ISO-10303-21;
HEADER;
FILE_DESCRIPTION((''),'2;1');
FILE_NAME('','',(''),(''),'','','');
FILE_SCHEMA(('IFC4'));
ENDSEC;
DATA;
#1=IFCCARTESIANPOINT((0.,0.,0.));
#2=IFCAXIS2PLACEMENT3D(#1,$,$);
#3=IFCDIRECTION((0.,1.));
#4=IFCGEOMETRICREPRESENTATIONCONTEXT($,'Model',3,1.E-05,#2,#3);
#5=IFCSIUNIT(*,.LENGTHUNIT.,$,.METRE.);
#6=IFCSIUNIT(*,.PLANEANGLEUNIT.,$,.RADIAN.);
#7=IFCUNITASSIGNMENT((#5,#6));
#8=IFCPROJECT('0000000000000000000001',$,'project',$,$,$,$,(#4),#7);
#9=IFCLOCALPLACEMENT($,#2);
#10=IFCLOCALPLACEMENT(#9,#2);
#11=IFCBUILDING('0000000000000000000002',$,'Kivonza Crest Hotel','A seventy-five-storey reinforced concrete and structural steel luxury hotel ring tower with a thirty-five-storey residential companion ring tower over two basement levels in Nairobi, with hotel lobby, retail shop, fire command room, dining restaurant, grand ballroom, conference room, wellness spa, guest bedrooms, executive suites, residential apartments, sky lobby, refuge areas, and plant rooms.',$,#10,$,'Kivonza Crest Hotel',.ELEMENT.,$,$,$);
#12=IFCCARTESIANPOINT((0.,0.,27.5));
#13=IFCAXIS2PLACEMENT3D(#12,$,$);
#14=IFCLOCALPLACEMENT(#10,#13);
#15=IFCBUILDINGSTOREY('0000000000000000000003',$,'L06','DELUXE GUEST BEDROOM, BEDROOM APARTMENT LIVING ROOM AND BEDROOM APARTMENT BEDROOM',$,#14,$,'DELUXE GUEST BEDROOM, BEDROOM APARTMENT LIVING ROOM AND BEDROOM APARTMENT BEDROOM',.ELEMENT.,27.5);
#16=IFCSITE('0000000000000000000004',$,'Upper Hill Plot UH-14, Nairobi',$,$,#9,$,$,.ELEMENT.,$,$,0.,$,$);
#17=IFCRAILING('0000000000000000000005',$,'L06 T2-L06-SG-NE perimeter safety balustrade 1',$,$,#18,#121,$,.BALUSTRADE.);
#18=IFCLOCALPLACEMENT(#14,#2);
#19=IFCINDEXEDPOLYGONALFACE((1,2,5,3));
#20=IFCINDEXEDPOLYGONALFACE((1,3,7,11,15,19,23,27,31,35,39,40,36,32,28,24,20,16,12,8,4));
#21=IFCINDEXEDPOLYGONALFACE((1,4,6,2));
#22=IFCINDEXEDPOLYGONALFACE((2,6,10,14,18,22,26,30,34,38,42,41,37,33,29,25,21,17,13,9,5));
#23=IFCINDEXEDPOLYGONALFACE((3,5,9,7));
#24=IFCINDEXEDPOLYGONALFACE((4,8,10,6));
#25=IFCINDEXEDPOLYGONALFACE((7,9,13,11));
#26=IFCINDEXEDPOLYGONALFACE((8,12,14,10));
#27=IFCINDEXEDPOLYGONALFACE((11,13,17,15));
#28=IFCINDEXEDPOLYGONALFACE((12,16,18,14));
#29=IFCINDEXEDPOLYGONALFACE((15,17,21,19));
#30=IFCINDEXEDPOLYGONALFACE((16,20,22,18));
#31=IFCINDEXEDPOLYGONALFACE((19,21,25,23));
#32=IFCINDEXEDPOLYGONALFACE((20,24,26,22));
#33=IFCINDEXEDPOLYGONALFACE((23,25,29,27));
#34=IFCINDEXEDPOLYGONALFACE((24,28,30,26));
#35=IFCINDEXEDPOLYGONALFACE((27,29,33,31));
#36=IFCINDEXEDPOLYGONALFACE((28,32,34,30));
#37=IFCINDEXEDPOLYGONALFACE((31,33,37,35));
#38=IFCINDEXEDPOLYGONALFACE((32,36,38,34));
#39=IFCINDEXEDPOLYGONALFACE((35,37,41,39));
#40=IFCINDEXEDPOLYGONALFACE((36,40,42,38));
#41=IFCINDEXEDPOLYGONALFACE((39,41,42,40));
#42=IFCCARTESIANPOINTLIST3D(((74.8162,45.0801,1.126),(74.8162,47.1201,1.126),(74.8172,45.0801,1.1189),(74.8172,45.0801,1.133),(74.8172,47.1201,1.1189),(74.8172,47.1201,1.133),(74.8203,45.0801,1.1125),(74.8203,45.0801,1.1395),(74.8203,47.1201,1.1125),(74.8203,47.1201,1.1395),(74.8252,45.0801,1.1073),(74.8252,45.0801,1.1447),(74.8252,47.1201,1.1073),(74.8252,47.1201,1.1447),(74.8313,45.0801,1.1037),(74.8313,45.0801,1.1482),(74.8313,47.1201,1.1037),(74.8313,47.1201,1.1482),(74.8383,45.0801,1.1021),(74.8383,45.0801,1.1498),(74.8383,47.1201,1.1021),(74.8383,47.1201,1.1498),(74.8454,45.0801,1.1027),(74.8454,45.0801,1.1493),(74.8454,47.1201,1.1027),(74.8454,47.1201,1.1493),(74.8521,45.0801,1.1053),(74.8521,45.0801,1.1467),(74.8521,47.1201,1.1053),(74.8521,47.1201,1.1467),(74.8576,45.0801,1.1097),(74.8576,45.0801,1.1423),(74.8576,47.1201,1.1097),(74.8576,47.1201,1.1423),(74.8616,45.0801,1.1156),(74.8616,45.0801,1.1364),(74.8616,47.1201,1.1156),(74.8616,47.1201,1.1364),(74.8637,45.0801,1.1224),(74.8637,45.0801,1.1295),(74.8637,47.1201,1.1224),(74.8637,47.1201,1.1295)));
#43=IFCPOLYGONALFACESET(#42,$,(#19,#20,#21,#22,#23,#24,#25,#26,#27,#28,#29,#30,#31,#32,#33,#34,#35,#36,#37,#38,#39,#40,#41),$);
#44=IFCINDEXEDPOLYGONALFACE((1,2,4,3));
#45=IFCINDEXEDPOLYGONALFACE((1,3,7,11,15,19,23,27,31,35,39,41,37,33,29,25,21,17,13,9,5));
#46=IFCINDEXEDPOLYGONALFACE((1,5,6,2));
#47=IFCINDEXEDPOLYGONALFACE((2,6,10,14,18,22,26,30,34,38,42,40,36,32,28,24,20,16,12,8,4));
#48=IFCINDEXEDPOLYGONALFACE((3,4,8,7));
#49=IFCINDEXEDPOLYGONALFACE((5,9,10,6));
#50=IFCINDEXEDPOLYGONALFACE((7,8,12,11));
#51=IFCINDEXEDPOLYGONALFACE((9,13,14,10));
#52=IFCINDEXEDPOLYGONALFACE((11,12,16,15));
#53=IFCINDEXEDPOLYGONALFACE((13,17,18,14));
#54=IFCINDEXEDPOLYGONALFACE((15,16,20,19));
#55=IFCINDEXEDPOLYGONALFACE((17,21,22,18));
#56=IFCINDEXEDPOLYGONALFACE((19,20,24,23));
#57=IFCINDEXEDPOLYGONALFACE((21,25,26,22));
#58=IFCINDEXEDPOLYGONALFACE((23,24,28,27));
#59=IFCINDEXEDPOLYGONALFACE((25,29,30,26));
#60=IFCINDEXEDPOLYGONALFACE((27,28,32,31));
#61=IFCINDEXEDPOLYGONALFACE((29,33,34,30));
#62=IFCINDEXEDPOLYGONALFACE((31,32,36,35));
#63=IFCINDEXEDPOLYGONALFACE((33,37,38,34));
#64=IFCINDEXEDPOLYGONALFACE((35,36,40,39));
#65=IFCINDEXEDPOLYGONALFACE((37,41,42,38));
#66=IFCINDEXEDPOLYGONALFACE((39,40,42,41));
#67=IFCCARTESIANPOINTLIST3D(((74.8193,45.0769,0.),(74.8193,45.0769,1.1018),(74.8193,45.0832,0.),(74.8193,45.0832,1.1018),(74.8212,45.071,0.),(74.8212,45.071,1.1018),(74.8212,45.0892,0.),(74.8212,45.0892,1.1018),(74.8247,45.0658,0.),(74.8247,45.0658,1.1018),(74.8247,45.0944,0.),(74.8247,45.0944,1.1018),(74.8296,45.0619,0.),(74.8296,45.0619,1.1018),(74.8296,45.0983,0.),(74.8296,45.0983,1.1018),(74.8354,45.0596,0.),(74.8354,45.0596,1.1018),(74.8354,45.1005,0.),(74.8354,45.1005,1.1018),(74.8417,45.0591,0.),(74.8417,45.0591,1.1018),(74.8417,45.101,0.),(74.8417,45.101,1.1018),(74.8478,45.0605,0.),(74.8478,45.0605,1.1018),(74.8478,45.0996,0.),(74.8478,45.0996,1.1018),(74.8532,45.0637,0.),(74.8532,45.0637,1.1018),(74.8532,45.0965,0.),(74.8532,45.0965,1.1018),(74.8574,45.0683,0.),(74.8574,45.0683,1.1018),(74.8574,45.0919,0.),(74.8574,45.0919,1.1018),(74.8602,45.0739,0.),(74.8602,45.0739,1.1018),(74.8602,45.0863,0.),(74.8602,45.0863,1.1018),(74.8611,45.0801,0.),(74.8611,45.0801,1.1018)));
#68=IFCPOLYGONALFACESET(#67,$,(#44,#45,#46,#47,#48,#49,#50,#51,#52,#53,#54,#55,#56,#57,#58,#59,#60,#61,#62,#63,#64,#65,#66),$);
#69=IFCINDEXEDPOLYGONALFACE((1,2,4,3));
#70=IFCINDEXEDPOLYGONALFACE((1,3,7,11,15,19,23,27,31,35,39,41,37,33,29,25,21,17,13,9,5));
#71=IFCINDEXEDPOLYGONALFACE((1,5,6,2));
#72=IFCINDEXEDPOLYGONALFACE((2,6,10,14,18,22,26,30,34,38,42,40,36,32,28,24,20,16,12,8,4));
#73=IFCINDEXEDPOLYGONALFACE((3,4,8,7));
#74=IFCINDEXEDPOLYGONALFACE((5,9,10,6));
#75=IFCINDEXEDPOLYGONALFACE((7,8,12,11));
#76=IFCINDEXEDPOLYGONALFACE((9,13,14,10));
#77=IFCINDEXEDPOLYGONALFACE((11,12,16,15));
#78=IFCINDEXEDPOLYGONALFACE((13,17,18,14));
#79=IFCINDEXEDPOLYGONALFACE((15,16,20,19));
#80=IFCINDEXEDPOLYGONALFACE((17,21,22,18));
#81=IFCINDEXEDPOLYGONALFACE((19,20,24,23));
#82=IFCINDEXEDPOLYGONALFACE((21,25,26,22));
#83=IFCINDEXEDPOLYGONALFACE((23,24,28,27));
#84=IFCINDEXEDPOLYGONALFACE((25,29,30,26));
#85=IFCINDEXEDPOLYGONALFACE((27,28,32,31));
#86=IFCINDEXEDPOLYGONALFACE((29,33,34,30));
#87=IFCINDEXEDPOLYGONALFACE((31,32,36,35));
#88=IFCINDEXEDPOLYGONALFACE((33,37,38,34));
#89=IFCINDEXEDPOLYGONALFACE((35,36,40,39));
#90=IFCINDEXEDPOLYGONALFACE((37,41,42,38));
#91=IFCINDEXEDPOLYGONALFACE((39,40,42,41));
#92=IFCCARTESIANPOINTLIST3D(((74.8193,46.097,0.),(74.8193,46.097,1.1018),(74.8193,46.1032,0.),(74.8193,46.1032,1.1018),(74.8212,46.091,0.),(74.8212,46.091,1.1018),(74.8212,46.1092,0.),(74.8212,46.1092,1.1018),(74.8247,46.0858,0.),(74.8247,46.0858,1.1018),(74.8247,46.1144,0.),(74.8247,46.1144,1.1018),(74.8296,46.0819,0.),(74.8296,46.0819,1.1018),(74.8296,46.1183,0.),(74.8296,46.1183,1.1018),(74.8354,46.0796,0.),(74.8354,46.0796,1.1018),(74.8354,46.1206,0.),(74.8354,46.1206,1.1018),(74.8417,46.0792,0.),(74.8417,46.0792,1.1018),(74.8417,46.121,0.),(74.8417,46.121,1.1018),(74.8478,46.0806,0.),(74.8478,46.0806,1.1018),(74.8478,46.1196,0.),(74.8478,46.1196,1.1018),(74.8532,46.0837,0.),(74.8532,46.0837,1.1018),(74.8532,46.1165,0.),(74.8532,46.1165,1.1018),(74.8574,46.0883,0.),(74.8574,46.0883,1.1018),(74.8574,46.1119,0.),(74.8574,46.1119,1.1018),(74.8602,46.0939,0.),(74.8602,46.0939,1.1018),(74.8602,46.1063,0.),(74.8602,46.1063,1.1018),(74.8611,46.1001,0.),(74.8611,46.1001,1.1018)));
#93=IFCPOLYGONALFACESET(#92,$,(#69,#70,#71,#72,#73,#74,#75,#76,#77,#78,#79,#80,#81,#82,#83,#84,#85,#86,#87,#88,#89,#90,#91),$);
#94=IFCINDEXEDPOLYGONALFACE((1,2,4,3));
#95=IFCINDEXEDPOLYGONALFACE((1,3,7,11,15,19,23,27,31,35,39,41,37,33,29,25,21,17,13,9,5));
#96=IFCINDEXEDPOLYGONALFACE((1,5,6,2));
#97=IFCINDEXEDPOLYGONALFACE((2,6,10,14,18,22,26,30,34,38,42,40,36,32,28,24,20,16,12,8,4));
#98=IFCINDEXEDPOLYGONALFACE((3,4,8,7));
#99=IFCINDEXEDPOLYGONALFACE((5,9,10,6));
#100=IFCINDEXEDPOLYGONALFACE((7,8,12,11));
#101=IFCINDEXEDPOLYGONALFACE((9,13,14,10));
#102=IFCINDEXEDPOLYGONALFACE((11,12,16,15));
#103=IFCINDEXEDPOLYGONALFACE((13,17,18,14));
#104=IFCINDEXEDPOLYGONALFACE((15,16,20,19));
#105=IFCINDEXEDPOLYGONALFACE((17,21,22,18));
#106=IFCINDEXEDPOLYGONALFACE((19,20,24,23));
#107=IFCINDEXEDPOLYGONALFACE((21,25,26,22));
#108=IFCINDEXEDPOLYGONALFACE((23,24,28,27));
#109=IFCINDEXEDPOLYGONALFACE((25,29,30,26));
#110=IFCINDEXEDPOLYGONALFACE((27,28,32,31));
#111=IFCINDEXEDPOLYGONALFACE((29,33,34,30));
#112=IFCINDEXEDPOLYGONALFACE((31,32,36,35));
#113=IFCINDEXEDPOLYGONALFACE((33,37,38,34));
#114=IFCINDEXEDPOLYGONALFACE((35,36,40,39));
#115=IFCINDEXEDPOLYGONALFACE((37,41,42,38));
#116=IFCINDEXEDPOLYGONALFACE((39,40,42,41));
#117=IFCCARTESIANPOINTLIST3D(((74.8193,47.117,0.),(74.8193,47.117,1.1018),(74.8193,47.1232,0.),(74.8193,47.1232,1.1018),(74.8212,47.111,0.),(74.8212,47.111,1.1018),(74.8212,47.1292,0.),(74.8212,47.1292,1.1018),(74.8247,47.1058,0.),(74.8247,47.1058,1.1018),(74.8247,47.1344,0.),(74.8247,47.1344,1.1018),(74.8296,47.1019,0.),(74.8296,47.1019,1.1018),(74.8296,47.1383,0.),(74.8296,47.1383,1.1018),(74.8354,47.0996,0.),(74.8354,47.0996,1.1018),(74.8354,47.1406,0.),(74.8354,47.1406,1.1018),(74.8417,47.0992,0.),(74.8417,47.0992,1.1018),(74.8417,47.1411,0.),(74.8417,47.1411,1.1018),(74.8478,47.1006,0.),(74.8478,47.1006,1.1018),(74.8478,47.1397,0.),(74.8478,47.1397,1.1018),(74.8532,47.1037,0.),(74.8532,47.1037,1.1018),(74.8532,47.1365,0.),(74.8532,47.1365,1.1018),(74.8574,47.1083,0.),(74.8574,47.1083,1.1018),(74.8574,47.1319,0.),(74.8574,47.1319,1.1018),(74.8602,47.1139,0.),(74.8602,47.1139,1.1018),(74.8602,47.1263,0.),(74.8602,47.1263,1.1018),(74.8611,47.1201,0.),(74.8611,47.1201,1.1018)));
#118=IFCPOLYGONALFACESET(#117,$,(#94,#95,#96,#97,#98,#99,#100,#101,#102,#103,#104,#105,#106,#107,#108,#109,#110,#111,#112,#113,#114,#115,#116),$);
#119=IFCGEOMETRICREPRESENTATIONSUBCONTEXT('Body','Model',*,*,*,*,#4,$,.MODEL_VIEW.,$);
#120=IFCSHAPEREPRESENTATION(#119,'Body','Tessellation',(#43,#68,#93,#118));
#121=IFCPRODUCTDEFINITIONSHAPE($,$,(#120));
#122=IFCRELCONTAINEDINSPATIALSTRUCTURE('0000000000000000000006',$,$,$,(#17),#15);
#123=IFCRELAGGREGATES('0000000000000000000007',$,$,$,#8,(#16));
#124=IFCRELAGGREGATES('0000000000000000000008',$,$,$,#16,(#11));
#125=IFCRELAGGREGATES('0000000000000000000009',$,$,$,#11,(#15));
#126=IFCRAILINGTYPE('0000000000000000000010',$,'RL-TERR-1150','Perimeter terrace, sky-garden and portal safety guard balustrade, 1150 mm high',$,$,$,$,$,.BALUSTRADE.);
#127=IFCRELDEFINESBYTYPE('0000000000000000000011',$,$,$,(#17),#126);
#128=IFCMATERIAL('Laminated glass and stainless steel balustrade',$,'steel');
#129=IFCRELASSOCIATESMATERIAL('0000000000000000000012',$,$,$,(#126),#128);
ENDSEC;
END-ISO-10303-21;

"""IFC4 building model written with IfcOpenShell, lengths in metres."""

from ifc_helpers import new_model, si_unit, direction, frame, origin, origin_2d, place, context, subcontext, project, spatial, circle, extrude, material, type_object, element, save


model = new_model("IFC4")

# Units and contexts
model_context = context("Model", 3, precision=1e-05, world=origin(), true_north=direction((0.0, 1.0)))
body_context = subcontext(model_context, "Body", "Model", "MODEL_VIEW")
ifc_project = project(units=[si_unit("LENGTHUNIT", "METRE"), si_unit("PLANEANGLEUNIT", "RADIAN")], contexts=[model_context])

# Site, building, storey
site_placement = place(None, origin())
site = spatial("IfcSite", under=ifc_project, at=site_placement, Name="Upper Hill Plot UH-14, Nairobi", CompositionType="ELEMENT", RefElevation=0.0)
building_placement = place(site_placement, origin())
building = spatial("IfcBuilding", under=site, at=building_placement, Name="Kivonza Crest Hotel", Description="A seventy-five-storey reinforced concrete and structural steel luxury hotel ring tower with a thirty-five-storey residential companion ring tower over two basement levels in Nairobi, with hotel lobby, retail shop, fire command room, dining restaurant, grand ballroom, conference room, wellness spa, guest bedrooms, executive suites, residential apartments, sky lobby, refuge areas, and plant rooms.", LongName="Kivonza Crest Hotel", CompositionType="ELEMENT")
storey_placement = place(building_placement, frame((0.0, 0.0, 27.5)))
storey = spatial("IfcBuildingStorey", under=building, at=storey_placement, Name="L06", Description="DELUXE GUEST BEDROOM, BEDROOM APARTMENT LIVING ROOM AND BEDROOM APARTMENT BEDROOM", LongName="DELUXE GUEST BEDROOM, BEDROOM APARTMENT LIVING ROOM AND BEDROOM APARTMENT BEDROOM", CompositionType="ELEMENT", Elevation=27.5)

# Railing
ifc_material_1 = material(Name="Laminated glass and stainless steel balustrade", Category="steel")
railing_type = type_object("IfcRailingType", Name="RL-TERR-1150", Description="Perimeter terrace, sky-garden and portal safety guard balustrade, 1150 mm high", PredefinedType="BALUSTRADE", material=ifc_material_1)
railing_1_placement = place(storey_placement, frame((74.8401, 45.0801, 0.0)))
element("IfcRailing", 1, at=railing_1_placement, inside=storey, type_object=railing_type, Name="L06 T2-L06-SG-NE perimeter safety balustrade 1", PredefinedType="BALUSTRADE", context=body_context, shape_type="SweptSolid", body=[
    extrude(circle(Radius=0.0239, at=origin_2d()), frame((0.0, 0.0, 1.126), z_axis=(0.0, 1.0, 0.0), x_axis=(-1.0, 0.0, 0.0)), (0.0, 0.0, 1.0), 2.04),
    extrude(circle(Radius=0.021, at=origin_2d()), origin(), (0.0, 0.0, 1.0), 1.1018),
    extrude(circle(Radius=0.021, at=origin_2d()), frame((0.0, 1.02, 0.0)), (0.0, 0.0, 1.0), 1.1018),
    extrude(circle(Radius=0.021, at=origin_2d()), frame((0.0, 2.04, 0.0)), (0.0, 0.0, 1.0), 1.1018),
])

save(model, "model.ifc")
